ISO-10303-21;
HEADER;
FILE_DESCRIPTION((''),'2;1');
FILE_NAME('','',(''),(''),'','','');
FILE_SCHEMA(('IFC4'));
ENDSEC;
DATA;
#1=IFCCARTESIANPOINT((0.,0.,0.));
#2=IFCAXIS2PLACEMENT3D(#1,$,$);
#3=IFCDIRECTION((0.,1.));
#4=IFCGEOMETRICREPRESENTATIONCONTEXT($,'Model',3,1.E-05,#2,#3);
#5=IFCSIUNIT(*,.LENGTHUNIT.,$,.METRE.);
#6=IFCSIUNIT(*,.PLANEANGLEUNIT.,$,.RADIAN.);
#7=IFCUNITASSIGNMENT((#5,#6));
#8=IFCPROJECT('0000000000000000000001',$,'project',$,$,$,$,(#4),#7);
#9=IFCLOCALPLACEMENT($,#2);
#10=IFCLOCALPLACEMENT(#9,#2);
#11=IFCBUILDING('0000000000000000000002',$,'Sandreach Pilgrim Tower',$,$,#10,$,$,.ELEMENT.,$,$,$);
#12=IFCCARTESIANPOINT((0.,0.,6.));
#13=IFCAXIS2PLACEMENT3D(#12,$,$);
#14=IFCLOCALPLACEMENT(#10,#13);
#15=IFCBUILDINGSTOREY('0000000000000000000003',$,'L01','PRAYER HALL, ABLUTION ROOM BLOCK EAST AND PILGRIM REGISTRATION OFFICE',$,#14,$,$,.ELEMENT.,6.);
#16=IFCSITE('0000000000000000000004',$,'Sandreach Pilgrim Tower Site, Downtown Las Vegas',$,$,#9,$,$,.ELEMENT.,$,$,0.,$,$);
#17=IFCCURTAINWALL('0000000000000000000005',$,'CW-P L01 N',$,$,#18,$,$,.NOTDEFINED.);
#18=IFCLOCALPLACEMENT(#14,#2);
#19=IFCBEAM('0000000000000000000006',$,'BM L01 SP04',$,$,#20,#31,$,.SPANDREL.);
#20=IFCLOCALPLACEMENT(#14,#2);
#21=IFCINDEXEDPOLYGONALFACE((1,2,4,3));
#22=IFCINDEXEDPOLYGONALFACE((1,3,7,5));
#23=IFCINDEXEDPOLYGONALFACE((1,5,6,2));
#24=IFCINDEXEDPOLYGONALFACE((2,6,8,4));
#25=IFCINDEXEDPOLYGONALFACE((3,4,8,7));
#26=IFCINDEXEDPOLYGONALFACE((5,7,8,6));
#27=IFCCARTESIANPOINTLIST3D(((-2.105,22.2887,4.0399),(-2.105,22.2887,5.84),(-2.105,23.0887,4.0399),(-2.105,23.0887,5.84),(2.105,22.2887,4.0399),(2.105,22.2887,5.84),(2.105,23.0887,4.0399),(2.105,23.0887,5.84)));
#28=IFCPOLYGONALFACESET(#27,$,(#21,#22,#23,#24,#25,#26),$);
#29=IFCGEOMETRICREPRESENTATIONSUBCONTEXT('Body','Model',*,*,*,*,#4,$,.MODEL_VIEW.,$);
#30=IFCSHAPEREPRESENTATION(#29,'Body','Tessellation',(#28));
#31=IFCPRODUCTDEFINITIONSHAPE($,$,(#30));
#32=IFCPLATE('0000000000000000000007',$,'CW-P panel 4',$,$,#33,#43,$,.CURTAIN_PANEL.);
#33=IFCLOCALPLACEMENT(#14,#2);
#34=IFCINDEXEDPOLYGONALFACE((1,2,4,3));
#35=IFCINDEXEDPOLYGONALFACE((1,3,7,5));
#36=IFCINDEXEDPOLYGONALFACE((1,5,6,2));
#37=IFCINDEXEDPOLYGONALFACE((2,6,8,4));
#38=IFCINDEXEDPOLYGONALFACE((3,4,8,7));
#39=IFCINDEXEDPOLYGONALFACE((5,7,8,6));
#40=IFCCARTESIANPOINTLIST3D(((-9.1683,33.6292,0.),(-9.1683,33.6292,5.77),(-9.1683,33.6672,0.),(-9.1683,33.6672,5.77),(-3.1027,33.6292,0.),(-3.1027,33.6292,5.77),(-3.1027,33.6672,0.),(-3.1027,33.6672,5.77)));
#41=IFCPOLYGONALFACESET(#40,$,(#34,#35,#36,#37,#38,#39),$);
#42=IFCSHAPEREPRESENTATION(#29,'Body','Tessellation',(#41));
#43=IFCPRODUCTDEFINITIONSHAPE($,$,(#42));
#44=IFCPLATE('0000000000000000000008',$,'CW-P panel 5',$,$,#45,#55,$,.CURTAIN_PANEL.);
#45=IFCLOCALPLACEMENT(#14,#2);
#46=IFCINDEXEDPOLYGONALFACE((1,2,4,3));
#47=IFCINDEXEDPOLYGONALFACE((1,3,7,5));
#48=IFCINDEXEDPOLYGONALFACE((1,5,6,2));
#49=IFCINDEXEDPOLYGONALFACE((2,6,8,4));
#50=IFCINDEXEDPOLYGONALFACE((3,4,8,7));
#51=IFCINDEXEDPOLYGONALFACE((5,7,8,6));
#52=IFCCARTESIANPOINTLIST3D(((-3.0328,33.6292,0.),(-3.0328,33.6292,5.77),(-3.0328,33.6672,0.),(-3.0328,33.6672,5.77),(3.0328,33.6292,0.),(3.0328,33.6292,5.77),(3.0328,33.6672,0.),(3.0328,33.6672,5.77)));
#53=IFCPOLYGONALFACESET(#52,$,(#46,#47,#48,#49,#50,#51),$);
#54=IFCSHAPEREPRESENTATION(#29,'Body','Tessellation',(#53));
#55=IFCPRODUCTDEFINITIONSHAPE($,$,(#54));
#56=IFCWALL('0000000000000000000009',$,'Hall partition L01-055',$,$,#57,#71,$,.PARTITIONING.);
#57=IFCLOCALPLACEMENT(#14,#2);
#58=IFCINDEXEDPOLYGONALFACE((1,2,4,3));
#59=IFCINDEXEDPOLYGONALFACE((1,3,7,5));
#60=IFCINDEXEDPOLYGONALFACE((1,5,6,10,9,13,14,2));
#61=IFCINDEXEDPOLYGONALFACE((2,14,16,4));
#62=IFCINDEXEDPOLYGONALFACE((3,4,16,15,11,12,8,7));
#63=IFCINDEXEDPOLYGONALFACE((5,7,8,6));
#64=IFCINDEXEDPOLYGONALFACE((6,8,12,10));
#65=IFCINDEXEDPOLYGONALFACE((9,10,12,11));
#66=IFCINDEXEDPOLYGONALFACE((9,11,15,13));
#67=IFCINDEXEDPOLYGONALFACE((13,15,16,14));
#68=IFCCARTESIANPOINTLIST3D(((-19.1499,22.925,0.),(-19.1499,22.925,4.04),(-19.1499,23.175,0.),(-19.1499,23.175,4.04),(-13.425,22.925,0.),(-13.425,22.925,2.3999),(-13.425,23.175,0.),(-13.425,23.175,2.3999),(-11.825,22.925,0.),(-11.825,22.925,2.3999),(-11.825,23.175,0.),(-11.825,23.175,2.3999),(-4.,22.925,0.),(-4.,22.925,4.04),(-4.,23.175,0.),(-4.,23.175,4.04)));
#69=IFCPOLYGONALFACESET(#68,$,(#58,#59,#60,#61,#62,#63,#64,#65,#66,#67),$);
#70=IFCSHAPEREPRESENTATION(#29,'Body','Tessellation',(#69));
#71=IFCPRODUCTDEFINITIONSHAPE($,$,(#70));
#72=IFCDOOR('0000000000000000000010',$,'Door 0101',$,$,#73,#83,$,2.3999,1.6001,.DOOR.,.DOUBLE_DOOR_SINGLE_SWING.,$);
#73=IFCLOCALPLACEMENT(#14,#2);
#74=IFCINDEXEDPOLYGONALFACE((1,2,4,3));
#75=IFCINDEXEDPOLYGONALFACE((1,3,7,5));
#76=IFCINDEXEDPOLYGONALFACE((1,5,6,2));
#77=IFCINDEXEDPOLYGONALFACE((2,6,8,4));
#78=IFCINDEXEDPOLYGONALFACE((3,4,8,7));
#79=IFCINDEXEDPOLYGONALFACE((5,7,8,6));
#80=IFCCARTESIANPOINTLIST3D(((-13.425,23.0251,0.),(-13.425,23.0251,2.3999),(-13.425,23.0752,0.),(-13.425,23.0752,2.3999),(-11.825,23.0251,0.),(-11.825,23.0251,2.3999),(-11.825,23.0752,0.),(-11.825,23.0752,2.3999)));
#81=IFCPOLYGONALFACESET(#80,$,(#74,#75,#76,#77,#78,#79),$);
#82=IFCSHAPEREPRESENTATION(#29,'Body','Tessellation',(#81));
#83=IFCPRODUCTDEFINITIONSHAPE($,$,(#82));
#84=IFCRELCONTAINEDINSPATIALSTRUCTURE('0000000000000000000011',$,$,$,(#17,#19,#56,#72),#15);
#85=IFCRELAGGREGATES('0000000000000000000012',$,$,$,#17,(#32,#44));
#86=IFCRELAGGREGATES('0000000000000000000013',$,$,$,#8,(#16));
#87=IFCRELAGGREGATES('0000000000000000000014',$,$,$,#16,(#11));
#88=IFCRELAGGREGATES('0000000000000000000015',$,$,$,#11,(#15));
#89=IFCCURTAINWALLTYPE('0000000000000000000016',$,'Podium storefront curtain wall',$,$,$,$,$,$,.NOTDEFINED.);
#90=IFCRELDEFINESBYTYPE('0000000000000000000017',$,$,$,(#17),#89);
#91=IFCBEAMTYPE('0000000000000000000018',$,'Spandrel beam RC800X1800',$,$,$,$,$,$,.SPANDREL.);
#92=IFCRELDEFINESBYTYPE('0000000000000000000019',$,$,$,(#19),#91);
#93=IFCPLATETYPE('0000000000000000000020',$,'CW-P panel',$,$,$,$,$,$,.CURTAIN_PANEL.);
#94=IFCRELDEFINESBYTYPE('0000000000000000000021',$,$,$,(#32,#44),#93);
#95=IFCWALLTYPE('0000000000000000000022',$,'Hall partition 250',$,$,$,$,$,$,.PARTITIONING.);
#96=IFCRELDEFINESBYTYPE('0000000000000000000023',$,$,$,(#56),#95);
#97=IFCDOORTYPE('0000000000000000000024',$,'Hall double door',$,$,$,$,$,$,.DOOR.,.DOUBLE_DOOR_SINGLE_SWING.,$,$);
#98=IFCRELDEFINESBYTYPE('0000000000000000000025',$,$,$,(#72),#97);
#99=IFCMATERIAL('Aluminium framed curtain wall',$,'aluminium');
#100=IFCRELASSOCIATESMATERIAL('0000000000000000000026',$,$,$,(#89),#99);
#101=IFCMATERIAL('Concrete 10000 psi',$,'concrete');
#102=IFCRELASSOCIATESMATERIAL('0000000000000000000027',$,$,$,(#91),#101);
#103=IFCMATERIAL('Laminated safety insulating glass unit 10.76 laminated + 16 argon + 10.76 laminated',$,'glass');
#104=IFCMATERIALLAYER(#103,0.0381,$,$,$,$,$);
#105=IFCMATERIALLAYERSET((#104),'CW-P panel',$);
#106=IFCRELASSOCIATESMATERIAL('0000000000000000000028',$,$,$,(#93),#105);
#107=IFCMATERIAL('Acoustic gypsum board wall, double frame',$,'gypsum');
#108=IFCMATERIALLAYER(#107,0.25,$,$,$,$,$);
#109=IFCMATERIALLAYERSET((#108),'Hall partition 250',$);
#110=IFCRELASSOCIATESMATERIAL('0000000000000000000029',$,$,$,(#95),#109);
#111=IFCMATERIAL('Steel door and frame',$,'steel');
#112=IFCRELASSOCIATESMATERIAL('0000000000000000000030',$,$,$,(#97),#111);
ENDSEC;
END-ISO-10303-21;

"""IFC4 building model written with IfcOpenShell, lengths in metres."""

from ifc_helpers import new_model, si_unit, direction, frame, frame_2d, origin, origin_2d, place, context, subcontext, project, spatial, rectangle, extrude, material, layer, layer_set, material_profile, profile_set, type_object, element, fill, aggregate, save


model = new_model("IFC4")

# Units and contexts
model_context = context("Model", 3, precision=1e-05, world=origin(), true_north=direction((0.0, 1.0)))
body_context = subcontext(model_context, "Body", "Model", "MODEL_VIEW")
ifc_project = project(units=[si_unit("LENGTHUNIT", "METRE"), si_unit("PLANEANGLEUNIT", "RADIAN")], contexts=[model_context])

# Site, building, storey
site_placement = place(None, origin())
site = spatial("IfcSite", under=ifc_project, at=site_placement, Name="Sandreach Pilgrim Tower Site, Downtown Las Vegas", CompositionType="ELEMENT", RefElevation=0.0)
building_placement = place(site_placement, origin())
building = spatial("IfcBuilding", under=site, at=building_placement, Name="Sandreach Pilgrim Tower", CompositionType="ELEMENT")
storey_placement = place(building_placement, frame((0.0, 0.0, 6.0)))
storey = spatial("IfcBuildingStorey", under=building, at=storey_placement, Name="L01", Description="PRAYER HALL, ABLUTION ROOM BLOCK EAST AND PILGRIM REGISTRATION OFFICE", CompositionType="ELEMENT", Elevation=6.0)

# Curtain wall
ifc_material_1 = material(Name="Aluminium framed curtain wall", Category="aluminium")
curtain_wall_type = type_object("IfcCurtainWallType", Name="Podium storefront curtain wall", PredefinedType="NOTDEFINED", material=ifc_material_1)
curtain_wall_placement = place(storey_placement, origin())
curtain_wall = element("IfcCurtainWall", 1, at=curtain_wall_placement, inside=storey, type_object=curtain_wall_type, Name="CW-P L01 N", PredefinedType="NOTDEFINED")

# Beam
ifc_material_2 = material(Name="Concrete 10000 psi", Category="concrete")
ifc_material_profile_1 = material_profile(ifc_material_2, rectangle(XDim=0.8, YDim=1.8, at=origin_2d()), Name="RC800X1800")
ifc_profile_set_1 = profile_set([ifc_material_profile_1], Name="Concrete 10000 psi")
beam_type_1 = type_object("IfcBeamType", Name="Spandrel beam RC800X1800", PredefinedType="SPANDREL", material=ifc_profile_set_1)
for number, where, z_axis, x_axis, name in (
    (2, (-2.105, 22.6887, 4.9399), (1.0, 0.0, 0.0), (0.0, 1.0, 0.0), "BM L01 SP04"),
):
    element("IfcBeam", number, at=place(storey_placement, frame(where, z_axis=z_axis, x_axis=x_axis)), inside=storey, type_object=beam_type_1, Name=name, PredefinedType="SPANDREL", context=body_context, shape_type="SweptSolid", body=[
        extrude(rectangle(XDim=0.8, YDim=1.8, at=origin_2d()), origin(), (0.0, 0.0, 1.0), 4.21),
    ])

# Plates
ifc_material_3 = material(Name="Laminated safety insulating glass unit 10.76 laminated + 16 argon + 10.76 laminated", Category="glass")
ifc_layer_1 = layer(ifc_material_3, 0.0381)
ifc_layer_set_1 = layer_set([ifc_layer_1], Name="CW-P panel")
plate_type = type_object("IfcPlateType", Name="CW-P panel", PredefinedType="CURTAIN_PANEL", material=ifc_layer_set_1)
plate_1_placement = place(storey_placement, frame((-6.1355, 33.6482, 0.0), z_axis=(0.0, 0.0, 1.0), x_axis=(1.0, 0.0, 0.0)))
plate_1 = element("IfcPlate", 3, at=plate_1_placement, type_object=plate_type, Name="CW-P panel 4", PredefinedType="CURTAIN_PANEL", context=body_context, shape_type="SweptSolid", body=[
    extrude(rectangle(XDim=6.0657, YDim=0.0381, at=origin_2d()), origin(), (0.0, 0.0, 1.0), 5.77),
])
plate_2_placement = place(storey_placement, frame((0.0, 33.6482, 0.0), z_axis=(0.0, 0.0, 1.0), x_axis=(1.0, 0.0, 0.0)))
plate_2 = element("IfcPlate", 4, at=plate_2_placement, type_object=plate_type, Name="CW-P panel 5", PredefinedType="CURTAIN_PANEL", context=body_context, shape_type="SweptSolid", body=[
    extrude(rectangle(XDim=6.0657, YDim=0.0381, at=origin_2d()), origin(), (0.0, 0.0, 1.0), 5.77),
])
aggregate(curtain_wall, [plate_1, plate_2])

# Wall, opening, door
ifc_material_4 = material(Name="Acoustic gypsum board wall, double frame", Category="gypsum")
ifc_layer_2 = layer(ifc_material_4, 0.25)
ifc_layer_set_2 = layer_set([ifc_layer_2], Name="Hall partition 250")
wall_type = type_object("IfcWallType", Name="Hall partition 250", PredefinedType="PARTITIONING", material=ifc_layer_set_2)
wall_placement = place(storey_placement, frame((-4.0, 23.05, 0.0), z_axis=(0.0, 0.0, 1.0), x_axis=(-1.0, 0.0, 0.0)))
wall = element("IfcWall", 5, at=wall_placement, inside=storey, type_object=wall_type, Name="Hall partition L01-055", PredefinedType="PARTITIONING", context=body_context, shape_type="SweptSolid", body=[
    extrude(rectangle(XDim=15.1499, YDim=0.25, at=frame_2d((7.575, 0.0))), origin(), (0.0, 0.0, 1.0), 4.04),
])
opening_placement = place(wall_placement, frame((7.825, 0.0, 0.0)))
opening = element("IfcOpeningElement", 6, at=opening_placement, cuts=wall, PredefinedType="OPENING", context=body_context, shape_type="SweptSolid", body=[
    extrude(rectangle(XDim=1.6001, YDim=2.3999, at=frame_2d((0.8, 1.2))), frame((0.0, 0.125, 0.0), z_axis=(0.0, -1.0, 0.0), x_axis=(1.0, 0.0, 0.0)), (0.0, 0.0, 1.0), 0.25),
])
ifc_material_5 = material(Name="Steel door and frame", Category="steel")
door_type = type_object("IfcDoorType", Name="Hall double door", OperationType="DOUBLE_DOOR_SINGLE_SWING", PredefinedType="DOOR", material=ifc_material_5)
door_placement = place(opening_placement, origin())
door = element("IfcDoor", 7, at=door_placement, inside=storey, type_object=door_type, Name="Door 0101", OperationType="DOUBLE_DOOR_SINGLE_SWING", OverallHeight=2.3999, OverallWidth=1.6001, PredefinedType="DOOR", context=body_context, shape_type="SweptSolid", body=[
    extrude(rectangle(XDim=1.6001, YDim=2.3999, at=frame_2d((0.8, 1.2))), frame((0.0, 0.0249, 0.0), z_axis=(0.0, -1.0, 0.0), x_axis=(1.0, 0.0, 0.0)), (0.0, 0.0, 1.0), 0.05),
])
fill(opening, door)

save(model, "model.ifc")
